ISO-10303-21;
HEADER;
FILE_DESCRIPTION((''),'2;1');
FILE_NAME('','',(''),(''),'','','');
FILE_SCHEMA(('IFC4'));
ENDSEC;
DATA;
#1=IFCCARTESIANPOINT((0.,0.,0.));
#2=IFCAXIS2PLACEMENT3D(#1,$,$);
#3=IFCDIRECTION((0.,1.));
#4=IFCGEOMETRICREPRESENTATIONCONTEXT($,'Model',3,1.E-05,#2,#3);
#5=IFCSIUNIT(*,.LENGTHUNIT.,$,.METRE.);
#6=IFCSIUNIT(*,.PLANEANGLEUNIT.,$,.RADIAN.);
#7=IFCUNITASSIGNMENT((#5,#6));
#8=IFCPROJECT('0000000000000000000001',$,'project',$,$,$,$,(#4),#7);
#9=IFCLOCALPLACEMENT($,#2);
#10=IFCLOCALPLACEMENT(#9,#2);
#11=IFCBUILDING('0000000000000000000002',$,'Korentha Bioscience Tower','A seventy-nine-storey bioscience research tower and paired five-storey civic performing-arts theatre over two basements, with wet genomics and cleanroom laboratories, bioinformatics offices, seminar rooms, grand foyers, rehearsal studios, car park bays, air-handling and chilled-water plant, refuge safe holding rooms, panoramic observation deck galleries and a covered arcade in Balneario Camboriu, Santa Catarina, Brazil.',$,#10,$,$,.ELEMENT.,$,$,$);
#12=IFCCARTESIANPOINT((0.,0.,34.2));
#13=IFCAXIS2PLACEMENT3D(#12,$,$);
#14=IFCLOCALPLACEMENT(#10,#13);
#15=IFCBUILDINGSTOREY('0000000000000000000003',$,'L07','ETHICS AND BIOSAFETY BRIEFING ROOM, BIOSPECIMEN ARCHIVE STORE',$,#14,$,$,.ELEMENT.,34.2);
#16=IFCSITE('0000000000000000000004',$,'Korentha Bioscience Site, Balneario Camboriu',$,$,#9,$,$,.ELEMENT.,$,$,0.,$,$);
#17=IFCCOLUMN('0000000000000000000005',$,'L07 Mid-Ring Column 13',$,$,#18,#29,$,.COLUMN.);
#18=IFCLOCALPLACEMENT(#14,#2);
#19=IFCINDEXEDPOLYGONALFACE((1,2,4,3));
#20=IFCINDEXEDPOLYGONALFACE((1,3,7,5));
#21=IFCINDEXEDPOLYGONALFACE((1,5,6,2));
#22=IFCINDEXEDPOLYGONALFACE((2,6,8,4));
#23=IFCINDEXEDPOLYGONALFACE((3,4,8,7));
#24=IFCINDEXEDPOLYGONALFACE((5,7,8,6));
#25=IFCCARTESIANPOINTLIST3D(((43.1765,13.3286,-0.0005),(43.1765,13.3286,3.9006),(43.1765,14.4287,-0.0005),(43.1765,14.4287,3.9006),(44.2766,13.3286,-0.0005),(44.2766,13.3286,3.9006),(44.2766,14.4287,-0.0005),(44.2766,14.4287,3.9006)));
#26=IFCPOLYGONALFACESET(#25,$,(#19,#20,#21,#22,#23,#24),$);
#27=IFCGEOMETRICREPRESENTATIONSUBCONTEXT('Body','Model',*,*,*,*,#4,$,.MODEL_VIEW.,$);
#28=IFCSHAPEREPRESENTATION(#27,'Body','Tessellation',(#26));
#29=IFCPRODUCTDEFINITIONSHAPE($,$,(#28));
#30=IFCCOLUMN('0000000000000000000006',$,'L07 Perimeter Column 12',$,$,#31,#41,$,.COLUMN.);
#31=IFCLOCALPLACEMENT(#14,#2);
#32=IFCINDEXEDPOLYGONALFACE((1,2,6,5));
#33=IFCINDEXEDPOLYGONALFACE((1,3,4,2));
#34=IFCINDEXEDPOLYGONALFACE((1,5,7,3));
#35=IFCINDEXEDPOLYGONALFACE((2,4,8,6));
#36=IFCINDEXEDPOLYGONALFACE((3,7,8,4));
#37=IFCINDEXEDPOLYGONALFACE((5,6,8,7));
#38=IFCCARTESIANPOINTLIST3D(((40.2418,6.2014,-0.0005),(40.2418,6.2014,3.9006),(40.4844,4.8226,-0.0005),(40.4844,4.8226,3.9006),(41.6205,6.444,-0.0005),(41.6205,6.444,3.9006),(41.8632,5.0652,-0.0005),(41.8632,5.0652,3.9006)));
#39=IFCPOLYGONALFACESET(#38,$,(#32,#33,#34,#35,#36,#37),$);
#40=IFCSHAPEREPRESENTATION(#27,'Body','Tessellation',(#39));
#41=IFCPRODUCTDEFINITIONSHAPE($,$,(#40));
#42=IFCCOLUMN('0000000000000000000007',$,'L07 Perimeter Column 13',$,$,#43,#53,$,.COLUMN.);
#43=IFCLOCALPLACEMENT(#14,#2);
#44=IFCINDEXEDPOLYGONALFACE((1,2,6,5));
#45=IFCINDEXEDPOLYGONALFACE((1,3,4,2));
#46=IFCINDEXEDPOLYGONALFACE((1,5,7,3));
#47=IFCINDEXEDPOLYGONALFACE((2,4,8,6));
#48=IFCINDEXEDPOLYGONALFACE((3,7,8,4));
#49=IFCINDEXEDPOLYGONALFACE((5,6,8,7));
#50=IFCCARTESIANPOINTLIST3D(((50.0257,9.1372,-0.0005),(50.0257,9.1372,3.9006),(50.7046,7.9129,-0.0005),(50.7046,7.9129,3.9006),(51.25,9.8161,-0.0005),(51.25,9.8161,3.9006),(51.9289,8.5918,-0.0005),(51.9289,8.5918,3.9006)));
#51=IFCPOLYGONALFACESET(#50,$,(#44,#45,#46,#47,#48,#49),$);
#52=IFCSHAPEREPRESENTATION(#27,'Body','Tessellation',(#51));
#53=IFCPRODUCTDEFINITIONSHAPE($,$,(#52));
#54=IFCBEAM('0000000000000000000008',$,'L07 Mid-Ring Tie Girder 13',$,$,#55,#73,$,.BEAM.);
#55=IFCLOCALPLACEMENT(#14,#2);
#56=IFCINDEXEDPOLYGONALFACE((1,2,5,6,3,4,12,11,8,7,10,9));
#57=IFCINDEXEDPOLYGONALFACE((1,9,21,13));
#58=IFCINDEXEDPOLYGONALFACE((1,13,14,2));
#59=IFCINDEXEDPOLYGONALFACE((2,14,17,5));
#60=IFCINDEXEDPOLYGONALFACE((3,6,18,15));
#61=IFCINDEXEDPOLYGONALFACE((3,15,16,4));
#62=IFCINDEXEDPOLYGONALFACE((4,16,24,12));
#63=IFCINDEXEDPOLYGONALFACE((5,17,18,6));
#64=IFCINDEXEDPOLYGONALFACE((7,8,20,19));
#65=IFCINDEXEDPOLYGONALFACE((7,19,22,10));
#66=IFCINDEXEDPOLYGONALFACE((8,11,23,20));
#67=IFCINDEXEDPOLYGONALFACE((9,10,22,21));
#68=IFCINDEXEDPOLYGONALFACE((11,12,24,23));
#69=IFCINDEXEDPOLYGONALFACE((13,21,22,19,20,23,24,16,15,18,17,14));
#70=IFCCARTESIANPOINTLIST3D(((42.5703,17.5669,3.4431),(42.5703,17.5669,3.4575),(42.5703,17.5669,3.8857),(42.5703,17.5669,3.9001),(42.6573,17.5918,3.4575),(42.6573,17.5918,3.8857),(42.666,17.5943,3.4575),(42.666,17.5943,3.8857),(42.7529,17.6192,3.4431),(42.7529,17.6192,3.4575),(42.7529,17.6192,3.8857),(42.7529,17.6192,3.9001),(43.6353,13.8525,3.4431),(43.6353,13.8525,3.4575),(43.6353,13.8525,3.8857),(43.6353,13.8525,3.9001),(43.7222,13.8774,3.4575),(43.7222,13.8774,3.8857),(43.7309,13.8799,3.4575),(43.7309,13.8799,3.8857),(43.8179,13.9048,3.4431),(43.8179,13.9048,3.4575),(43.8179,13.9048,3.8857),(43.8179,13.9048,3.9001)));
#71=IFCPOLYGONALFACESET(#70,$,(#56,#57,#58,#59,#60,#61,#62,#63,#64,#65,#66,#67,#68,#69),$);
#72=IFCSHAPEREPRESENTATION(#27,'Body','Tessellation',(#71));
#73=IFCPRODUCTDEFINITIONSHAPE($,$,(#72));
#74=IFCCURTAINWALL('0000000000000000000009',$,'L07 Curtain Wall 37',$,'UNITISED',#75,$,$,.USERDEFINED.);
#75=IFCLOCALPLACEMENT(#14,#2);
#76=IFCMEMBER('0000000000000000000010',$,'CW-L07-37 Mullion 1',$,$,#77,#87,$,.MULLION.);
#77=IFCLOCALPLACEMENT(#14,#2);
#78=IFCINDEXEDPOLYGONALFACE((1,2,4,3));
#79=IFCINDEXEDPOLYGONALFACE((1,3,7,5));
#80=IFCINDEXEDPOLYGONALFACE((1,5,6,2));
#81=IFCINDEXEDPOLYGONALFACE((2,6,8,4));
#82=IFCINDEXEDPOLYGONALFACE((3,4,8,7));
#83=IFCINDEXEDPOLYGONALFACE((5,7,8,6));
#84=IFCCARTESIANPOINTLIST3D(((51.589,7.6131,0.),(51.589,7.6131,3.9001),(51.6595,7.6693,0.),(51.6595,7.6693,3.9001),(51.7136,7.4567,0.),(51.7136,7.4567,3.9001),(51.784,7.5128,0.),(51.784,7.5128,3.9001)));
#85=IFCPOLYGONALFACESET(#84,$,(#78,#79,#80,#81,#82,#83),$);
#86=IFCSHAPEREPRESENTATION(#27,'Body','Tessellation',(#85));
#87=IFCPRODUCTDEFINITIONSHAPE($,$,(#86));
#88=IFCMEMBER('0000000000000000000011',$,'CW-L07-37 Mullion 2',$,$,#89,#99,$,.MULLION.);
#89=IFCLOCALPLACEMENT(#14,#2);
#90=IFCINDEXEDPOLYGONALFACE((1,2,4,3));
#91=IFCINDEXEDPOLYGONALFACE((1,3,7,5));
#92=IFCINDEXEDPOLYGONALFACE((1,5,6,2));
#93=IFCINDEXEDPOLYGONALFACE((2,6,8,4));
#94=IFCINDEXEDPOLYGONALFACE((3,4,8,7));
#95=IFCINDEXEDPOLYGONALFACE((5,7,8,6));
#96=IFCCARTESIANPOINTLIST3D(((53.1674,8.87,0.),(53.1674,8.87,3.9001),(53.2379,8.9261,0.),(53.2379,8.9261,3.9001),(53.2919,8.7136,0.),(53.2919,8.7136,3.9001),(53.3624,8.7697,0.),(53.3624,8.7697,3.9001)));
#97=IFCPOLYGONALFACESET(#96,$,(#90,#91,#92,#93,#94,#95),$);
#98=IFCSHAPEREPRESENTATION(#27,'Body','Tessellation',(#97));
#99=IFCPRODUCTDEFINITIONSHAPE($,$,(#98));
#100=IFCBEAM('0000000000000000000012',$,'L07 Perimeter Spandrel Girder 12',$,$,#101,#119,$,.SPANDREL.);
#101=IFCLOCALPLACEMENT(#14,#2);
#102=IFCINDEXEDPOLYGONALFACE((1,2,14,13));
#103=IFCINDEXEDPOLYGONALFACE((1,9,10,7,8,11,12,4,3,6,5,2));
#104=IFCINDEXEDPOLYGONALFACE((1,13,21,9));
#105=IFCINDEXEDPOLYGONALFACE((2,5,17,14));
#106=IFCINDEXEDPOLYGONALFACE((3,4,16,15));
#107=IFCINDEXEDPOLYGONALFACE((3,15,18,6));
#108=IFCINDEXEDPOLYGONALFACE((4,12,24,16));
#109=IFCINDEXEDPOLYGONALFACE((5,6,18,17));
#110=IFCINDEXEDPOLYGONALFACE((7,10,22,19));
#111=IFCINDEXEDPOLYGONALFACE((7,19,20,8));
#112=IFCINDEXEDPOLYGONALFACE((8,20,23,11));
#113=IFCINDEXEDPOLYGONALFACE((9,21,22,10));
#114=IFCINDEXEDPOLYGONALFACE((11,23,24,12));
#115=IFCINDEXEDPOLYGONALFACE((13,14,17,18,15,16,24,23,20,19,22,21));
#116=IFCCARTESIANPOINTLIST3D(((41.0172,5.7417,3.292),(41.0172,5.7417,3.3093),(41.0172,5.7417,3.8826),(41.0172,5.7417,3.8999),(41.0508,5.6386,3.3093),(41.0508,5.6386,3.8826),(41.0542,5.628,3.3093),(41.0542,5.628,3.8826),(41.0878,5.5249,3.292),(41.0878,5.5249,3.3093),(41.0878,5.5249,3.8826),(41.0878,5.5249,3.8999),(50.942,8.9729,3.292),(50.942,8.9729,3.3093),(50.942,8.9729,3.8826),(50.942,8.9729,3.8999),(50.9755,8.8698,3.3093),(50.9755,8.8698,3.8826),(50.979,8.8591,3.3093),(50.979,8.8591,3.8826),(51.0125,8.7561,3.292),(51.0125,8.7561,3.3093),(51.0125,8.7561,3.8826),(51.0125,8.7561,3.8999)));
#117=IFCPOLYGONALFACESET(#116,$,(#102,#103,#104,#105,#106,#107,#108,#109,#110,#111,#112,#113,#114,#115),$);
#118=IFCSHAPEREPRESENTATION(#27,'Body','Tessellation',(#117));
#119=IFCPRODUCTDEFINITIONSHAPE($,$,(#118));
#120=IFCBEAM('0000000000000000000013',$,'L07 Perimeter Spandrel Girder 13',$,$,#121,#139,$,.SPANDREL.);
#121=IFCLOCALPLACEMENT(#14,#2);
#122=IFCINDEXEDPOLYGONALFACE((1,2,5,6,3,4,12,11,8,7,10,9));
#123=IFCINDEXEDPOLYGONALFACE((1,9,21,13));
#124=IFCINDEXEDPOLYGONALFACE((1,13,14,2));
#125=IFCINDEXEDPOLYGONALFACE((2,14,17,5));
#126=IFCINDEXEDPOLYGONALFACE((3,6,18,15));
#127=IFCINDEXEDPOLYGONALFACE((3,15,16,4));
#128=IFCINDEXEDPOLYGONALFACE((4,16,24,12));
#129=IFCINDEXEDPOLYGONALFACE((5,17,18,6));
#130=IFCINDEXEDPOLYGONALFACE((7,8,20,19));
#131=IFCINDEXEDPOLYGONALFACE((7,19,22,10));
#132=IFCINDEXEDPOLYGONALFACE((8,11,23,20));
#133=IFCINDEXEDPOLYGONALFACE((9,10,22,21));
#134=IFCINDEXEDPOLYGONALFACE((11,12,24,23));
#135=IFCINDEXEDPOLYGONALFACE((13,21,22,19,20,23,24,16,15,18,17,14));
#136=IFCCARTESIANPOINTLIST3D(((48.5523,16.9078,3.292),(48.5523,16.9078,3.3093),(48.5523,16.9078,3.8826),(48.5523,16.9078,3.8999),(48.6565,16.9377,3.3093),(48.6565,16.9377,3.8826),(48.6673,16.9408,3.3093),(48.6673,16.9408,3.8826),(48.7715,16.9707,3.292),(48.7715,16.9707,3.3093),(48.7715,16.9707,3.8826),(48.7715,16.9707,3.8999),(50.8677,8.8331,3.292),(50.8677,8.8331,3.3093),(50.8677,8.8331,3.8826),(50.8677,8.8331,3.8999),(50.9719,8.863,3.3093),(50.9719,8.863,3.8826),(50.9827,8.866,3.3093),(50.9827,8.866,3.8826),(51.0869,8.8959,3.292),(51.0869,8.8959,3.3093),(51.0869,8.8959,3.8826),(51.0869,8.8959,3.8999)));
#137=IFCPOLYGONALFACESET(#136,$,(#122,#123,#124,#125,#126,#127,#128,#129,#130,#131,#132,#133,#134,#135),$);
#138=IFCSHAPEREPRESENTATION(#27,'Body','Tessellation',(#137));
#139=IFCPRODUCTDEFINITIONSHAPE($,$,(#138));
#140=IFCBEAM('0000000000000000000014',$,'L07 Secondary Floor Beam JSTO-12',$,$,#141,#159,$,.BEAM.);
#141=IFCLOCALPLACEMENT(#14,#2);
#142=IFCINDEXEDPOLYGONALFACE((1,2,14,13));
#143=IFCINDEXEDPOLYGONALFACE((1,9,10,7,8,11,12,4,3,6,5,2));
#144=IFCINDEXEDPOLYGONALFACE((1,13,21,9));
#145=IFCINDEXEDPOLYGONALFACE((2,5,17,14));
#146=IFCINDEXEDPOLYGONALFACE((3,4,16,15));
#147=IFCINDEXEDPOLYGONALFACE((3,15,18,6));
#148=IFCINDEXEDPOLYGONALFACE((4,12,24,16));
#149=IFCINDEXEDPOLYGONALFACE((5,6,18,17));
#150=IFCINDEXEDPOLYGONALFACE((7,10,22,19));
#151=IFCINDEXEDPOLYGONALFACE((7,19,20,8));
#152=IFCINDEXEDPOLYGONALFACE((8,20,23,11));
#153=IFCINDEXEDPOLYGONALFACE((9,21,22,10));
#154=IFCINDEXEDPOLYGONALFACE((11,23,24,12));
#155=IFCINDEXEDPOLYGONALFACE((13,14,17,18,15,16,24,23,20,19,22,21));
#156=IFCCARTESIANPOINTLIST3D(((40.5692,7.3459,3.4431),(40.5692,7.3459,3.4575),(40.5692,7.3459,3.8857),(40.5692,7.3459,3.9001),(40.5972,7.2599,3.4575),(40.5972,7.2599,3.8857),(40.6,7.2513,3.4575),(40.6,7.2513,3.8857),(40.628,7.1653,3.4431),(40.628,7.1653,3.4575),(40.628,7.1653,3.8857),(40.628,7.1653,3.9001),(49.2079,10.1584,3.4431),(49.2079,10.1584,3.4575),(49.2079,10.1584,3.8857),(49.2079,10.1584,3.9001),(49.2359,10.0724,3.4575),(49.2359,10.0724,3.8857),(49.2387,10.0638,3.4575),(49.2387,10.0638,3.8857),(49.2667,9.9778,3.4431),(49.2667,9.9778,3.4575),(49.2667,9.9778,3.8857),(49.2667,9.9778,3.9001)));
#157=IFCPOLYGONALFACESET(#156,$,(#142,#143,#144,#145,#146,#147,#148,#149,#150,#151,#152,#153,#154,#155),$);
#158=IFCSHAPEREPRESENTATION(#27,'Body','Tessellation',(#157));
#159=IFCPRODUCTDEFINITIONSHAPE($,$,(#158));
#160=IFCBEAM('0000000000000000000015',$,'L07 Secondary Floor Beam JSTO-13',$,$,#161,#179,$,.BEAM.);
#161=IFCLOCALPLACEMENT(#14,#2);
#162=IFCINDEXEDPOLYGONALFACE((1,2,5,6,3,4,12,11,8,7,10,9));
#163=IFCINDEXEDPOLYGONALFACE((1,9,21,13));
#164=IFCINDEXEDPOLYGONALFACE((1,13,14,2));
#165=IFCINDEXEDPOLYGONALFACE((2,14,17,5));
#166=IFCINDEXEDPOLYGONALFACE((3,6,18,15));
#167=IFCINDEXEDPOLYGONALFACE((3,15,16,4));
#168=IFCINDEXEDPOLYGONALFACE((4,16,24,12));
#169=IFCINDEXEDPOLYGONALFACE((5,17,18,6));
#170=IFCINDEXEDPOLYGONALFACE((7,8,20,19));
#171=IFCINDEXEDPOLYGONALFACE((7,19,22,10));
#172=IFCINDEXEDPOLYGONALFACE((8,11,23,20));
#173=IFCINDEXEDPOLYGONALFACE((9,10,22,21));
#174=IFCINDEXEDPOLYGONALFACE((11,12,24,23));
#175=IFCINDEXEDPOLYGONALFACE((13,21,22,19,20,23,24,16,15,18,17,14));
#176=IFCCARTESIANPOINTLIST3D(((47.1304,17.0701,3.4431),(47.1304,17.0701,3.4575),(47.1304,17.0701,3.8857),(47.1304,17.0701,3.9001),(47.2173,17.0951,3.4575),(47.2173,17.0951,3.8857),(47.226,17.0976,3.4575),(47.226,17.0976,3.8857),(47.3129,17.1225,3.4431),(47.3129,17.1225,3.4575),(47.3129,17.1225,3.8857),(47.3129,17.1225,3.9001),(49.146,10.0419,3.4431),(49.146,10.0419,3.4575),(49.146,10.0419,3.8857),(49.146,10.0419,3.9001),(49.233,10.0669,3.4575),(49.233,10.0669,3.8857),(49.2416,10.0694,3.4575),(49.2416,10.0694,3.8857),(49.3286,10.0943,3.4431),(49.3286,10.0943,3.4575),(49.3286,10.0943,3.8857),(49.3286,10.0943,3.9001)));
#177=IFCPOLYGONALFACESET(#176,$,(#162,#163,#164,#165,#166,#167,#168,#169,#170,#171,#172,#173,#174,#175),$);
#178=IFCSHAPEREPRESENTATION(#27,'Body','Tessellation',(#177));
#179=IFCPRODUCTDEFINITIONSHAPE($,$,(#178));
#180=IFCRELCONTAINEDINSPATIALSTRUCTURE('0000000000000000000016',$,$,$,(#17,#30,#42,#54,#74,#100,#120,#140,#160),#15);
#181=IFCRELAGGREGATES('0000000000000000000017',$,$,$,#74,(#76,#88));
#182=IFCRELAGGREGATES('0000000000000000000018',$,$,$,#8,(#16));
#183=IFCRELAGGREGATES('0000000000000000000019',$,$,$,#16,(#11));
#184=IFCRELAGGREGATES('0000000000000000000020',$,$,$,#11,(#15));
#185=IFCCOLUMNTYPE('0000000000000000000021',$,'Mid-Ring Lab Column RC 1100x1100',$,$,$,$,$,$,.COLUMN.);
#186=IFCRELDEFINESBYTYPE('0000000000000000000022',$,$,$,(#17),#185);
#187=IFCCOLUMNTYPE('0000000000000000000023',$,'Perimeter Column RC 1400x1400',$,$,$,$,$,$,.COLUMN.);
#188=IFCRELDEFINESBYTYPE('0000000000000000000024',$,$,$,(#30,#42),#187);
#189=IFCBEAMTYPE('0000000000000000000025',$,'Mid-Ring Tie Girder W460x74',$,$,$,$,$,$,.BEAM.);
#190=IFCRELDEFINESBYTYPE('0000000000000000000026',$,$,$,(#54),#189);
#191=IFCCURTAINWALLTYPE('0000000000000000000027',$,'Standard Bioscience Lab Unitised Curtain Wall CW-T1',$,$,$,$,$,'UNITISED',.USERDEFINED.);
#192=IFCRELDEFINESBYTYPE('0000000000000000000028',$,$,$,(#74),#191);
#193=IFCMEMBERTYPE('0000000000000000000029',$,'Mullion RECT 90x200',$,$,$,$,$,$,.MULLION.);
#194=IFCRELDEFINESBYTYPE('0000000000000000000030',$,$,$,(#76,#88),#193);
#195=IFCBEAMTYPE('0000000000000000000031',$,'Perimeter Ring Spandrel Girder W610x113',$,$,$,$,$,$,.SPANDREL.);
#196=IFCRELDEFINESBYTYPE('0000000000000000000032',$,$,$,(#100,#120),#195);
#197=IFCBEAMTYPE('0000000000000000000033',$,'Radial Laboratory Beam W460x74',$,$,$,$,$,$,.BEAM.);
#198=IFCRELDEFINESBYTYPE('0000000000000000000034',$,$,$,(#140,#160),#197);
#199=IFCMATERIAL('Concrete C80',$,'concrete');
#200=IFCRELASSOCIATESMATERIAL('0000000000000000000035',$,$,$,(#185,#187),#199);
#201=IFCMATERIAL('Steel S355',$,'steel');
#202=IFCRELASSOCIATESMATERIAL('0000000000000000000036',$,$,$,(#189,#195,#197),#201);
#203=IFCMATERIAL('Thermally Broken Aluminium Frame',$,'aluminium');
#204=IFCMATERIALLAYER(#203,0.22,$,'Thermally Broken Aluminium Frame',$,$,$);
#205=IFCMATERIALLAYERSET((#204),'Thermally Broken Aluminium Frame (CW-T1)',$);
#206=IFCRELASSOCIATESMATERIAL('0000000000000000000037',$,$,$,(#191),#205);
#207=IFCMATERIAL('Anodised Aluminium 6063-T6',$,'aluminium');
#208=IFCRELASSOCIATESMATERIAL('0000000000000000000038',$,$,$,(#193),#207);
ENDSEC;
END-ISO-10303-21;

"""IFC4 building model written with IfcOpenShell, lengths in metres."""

from ifc_helpers import new_model, si_unit, direction, frame, origin, origin_2d, place, context, subcontext, project, spatial, rectangle, i_section, extrude, material, layer, layer_set, material_profile, profile_set, type_object, element, aggregate, save


model = new_model("IFC4")

# Units and contexts
model_context = context("Model", 3, precision=1e-05, world=origin(), true_north=direction((0.0, 1.0)))
body_context = subcontext(model_context, "Body", "Model", "MODEL_VIEW")
ifc_project = project(units=[si_unit("LENGTHUNIT", "METRE"), si_unit("PLANEANGLEUNIT", "RADIAN")], contexts=[model_context])

# Site, building, storey
site_placement = place(None, origin())
site = spatial("IfcSite", under=ifc_project, at=site_placement, Name="Korentha Bioscience Site, Balneario Camboriu", CompositionType="ELEMENT", RefElevation=0.0)
building_placement = place(site_placement, origin())
building = spatial("IfcBuilding", under=site, at=building_placement, Name="Korentha Bioscience Tower", Description="A seventy-nine-storey bioscience research tower and paired five-storey civic performing-arts theatre over two basements, with wet genomics and cleanroom laboratories, bioinformatics offices, seminar rooms, grand foyers, rehearsal studios, car park bays, air-handling and chilled-water plant, refuge safe holding rooms, panoramic observation deck galleries and a covered arcade in Balneario Camboriu, Santa Catarina, Brazil.", CompositionType="ELEMENT")
storey_placement = place(building_placement, frame((0.0, 0.0, 34.2)))
storey = spatial("IfcBuildingStorey", under=building, at=storey_placement, Name="L07", Description="ETHICS AND BIOSAFETY BRIEFING ROOM, BIOSPECIMEN ARCHIVE STORE", CompositionType="ELEMENT", Elevation=34.2)

# Columns
ifc_material_1 = material(Name="Concrete C80", Category="concrete")
ifc_material_profile_1 = material_profile(ifc_material_1, rectangle(XDim=1.1001, YDim=1.1001, at=origin_2d()), Name="Concrete C80")
ifc_profile_set_1 = profile_set([ifc_material_profile_1], Name="Concrete C80 (COL-MR11)")
column_type_1 = type_object("IfcColumnType", Name="Mid-Ring Lab Column RC 1100x1100", PredefinedType="COLUMN", material=ifc_profile_set_1)
column_placement = place(storey_placement, frame((43.7266, 13.8787, -0.0005), z_axis=(0.0, 0.0, 1.0), x_axis=(1.0, 0.0, 0.0)))
element("IfcColumn", 1, at=column_placement, inside=storey, type_object=column_type_1, Name="L07 Mid-Ring Column 13", PredefinedType="COLUMN", context=body_context, shape_type="SweptSolid", body=[
    extrude(rectangle(XDim=1.1001, YDim=1.1001, at=origin_2d()), origin(), (0.0, 0.0, 1.0), 3.9011),
])
ifc_material_profile_2 = material_profile(ifc_material_1, rectangle(XDim=1.3999, YDim=1.3999, at=origin_2d()), Name="Concrete C80")
ifc_profile_set_2 = profile_set([ifc_material_profile_2], Name="Concrete C80 (COL-P14)")
column_type_2 = type_object("IfcColumnType", Name="Perimeter Column RC 1400x1400", PredefinedType="COLUMN", material=ifc_profile_set_2)
for number, where, z_axis, x_axis, name in (
    (2, (41.0525, 5.6333, -0.0005), (0.0, 0.0, 1.0), (0.984868, 0.173304, 0.0), "L07 Perimeter Column 12"),
    (3, (50.9773, 8.8645, -0.0005), (0.0, 0.0, 1.0), (0.874535, 0.484962, 0.0), "L07 Perimeter Column 13"),
):
    element("IfcColumn", number, at=place(storey_placement, frame(where, z_axis=z_axis, x_axis=x_axis)), inside=storey, type_object=column_type_2, Name=name, PredefinedType="COLUMN", context=body_context, shape_type="SweptSolid", body=[
        extrude(rectangle(XDim=1.3999, YDim=1.3999, at=origin_2d()), origin(), (0.0, 0.0, 1.0), 3.9011),
    ])

# Beam
ifc_material_2 = material(Name="Steel S355", Category="steel")
ifc_material_profile_3 = material_profile(ifc_material_2, i_section(OverallWidth=0.1899, OverallDepth=0.457, WebThickness=0.009, FlangeThickness=0.0144, at=origin_2d()), Name="Steel S355")
ifc_profile_set_3 = profile_set([ifc_material_profile_3], Name="Steel S355 (MB-460)")
beam_type_1 = type_object("IfcBeamType", Name="Mid-Ring Tie Girder W460x74", PredefinedType="BEAM", material=ifc_profile_set_3)
beam_1_placement = place(storey_placement, frame((43.7266, 13.8787, 3.6716), z_axis=(-0.275606, 0.961271, 0.0), x_axis=(-0.961271, -0.275606, 0.0)))
element("IfcBeam", 4, at=beam_1_placement, inside=storey, type_object=beam_type_1, Name="L07 Mid-Ring Tie Girder 13", PredefinedType="BEAM", context=body_context, shape_type="SweptSolid", body=[
    extrude(i_section(OverallWidth=0.1899, OverallDepth=0.457, WebThickness=0.009, FlangeThickness=0.0144, at=origin_2d()), origin(), (0.0, 0.0, 1.0), 3.864),
])

# Curtain wall, members
ifc_material_3 = material(Name="Thermally Broken Aluminium Frame", Category="aluminium")
ifc_layer_1 = layer(ifc_material_3, 0.22, Name="Thermally Broken Aluminium Frame")
ifc_layer_set_1 = layer_set([ifc_layer_1], Name="Thermally Broken Aluminium Frame (CW-T1)")
curtain_wall_type = type_object("IfcCurtainWallType", Name="Standard Bioscience Lab Unitised Curtain Wall CW-T1", ElementType="UNITISED", PredefinedType="USERDEFINED", material=ifc_layer_set_1)
curtain_wall_placement = place(storey_placement, origin())
curtain_wall = element("IfcCurtainWall", 5, at=curtain_wall_placement, inside=storey, type_object=curtain_wall_type, Name="L07 Curtain Wall 37", ObjectType="UNITISED", PredefinedType="USERDEFINED")
ifc_material_4 = material(Name="Anodised Aluminium 6063-T6", Category="aluminium")
ifc_material_profile_4 = material_profile(ifc_material_4, rectangle(XDim=0.0901, YDim=0.2, at=origin_2d()), Name="Anodised Aluminium 6063-T6")
ifc_profile_set_4 = profile_set([ifc_material_profile_4], Name="Anodised Aluminium 6063-T6 (CW-MUL)")
member_type_1 = type_object("IfcMemberType", Name="Mullion RECT 90x200", PredefinedType="MULLION", material=ifc_profile_set_4)
member_1_placement = place(storey_placement, frame((51.6865, 7.563, 0.0), z_axis=(0.0, 0.0, 1.0), x_axis=(0.782288, 0.622917, 0.0)))
member_1 = element("IfcMember", 6, at=member_1_placement, type_object=member_type_1, Name="CW-L07-37 Mullion 1", PredefinedType="MULLION", context=body_context, shape_type="SweptSolid", body=[
    extrude(rectangle(XDim=0.0901, YDim=0.2, at=origin_2d()), origin(), (0.0, 0.0, 1.0), 3.9001),
])
member_2_placement = place(storey_placement, frame((53.2649, 8.8198, 0.0), z_axis=(0.0, 0.0, 1.0), x_axis=(0.782288, 0.622917, 0.0)))
member_2 = element("IfcMember", 7, at=member_2_placement, type_object=member_type_1, Name="CW-L07-37 Mullion 2", PredefinedType="MULLION", context=body_context, shape_type="SweptSolid", body=[
    extrude(rectangle(XDim=0.0901, YDim=0.2, at=origin_2d()), origin(), (0.0, 0.0, 1.0), 3.9001),
])

# Beams
ifc_material_profile_5 = material_profile(ifc_material_2, i_section(OverallWidth=0.228, OverallDepth=0.6079, WebThickness=0.0112, FlangeThickness=0.0173, at=origin_2d()), Name="Steel S355")
ifc_profile_set_5 = profile_set([ifc_material_profile_5], Name="Steel S355 (SB-610)")
beam_type_2 = type_object("IfcBeamType", Name="Perimeter Ring Spandrel Girder W610x113", PredefinedType="SPANDREL", material=ifc_profile_set_5)
beam_2_placement = place(storey_placement, frame((41.0525, 5.6333, 3.5959), z_axis=(0.950875, 0.309575, 0.0), x_axis=(-0.309575, 0.950875, 0.0)))
element("IfcBeam", 8, at=beam_2_placement, inside=storey, type_object=beam_type_2, Name="L07 Perimeter Spandrel Girder 12", PredefinedType="SPANDREL", context=body_context, shape_type="SweptSolid", body=[
    extrude(i_section(OverallWidth=0.228, OverallDepth=0.6079, WebThickness=0.0112, FlangeThickness=0.0173, at=origin_2d()), origin(), (0.0, 0.0, 1.0), 10.4375),
])
beam_3_placement = place(storey_placement, frame((50.9773, 8.8645, 3.5959), z_axis=(-0.275642, 0.96126, 0.0), x_axis=(-0.96126, -0.275642, 0.0)))
element("IfcBeam", 9, at=beam_3_placement, inside=storey, type_object=beam_type_2, Name="L07 Perimeter Spandrel Girder 13", PredefinedType="SPANDREL", context=body_context, shape_type="SweptSolid", body=[
    extrude(i_section(OverallWidth=0.228, OverallDepth=0.6079, WebThickness=0.0112, FlangeThickness=0.0173, at=origin_2d()), origin(), (0.0, 0.0, 1.0), 8.4001),
])
ifc_material_profile_6 = material_profile(ifc_material_2, i_section(OverallWidth=0.1899, OverallDepth=0.457, WebThickness=0.009, FlangeThickness=0.0144, at=origin_2d()), Name="Steel S355")
ifc_profile_set_6 = profile_set([ifc_material_profile_6], Name="Steel S355 (RB-460)")
beam_type_3 = type_object("IfcBeamType", Name="Radial Laboratory Beam W460x74", PredefinedType="BEAM", material=ifc_profile_set_6)
beam_4_placement = place(storey_placement, frame((40.5986, 7.2556, 3.6716), z_axis=(0.950874, 0.309577, 0.0), x_axis=(-0.309577, 0.950874, 0.0)))
element("IfcBeam", 10, at=beam_4_placement, inside=storey, type_object=beam_type_3, Name="L07 Secondary Floor Beam JSTO-12", PredefinedType="BEAM", context=body_context, shape_type="SweptSolid", body=[
    extrude(i_section(OverallWidth=0.1899, OverallDepth=0.457, WebThickness=0.009, FlangeThickness=0.0144, at=origin_2d()), origin(), (0.0, 0.0, 1.0), 9.085),
])
beam_5_placement = place(storey_placement, frame((49.2373, 10.0681, 3.6716), z_axis=(-0.275682, 0.961249, 0.0), x_axis=(-0.961249, -0.275682, 0.0)))
element("IfcBeam", 11, at=beam_5_placement, inside=storey, type_object=beam_type_3, Name="L07 Secondary Floor Beam JSTO-13", PredefinedType="BEAM", context=body_context, shape_type="SweptSolid", body=[
    extrude(i_section(OverallWidth=0.1899, OverallDepth=0.457, WebThickness=0.009, FlangeThickness=0.0144, at=origin_2d()), origin(), (0.0, 0.0, 1.0), 7.3115),
])

aggregate(curtain_wall, [member_1, member_2])

save(model, "model.ifc")
